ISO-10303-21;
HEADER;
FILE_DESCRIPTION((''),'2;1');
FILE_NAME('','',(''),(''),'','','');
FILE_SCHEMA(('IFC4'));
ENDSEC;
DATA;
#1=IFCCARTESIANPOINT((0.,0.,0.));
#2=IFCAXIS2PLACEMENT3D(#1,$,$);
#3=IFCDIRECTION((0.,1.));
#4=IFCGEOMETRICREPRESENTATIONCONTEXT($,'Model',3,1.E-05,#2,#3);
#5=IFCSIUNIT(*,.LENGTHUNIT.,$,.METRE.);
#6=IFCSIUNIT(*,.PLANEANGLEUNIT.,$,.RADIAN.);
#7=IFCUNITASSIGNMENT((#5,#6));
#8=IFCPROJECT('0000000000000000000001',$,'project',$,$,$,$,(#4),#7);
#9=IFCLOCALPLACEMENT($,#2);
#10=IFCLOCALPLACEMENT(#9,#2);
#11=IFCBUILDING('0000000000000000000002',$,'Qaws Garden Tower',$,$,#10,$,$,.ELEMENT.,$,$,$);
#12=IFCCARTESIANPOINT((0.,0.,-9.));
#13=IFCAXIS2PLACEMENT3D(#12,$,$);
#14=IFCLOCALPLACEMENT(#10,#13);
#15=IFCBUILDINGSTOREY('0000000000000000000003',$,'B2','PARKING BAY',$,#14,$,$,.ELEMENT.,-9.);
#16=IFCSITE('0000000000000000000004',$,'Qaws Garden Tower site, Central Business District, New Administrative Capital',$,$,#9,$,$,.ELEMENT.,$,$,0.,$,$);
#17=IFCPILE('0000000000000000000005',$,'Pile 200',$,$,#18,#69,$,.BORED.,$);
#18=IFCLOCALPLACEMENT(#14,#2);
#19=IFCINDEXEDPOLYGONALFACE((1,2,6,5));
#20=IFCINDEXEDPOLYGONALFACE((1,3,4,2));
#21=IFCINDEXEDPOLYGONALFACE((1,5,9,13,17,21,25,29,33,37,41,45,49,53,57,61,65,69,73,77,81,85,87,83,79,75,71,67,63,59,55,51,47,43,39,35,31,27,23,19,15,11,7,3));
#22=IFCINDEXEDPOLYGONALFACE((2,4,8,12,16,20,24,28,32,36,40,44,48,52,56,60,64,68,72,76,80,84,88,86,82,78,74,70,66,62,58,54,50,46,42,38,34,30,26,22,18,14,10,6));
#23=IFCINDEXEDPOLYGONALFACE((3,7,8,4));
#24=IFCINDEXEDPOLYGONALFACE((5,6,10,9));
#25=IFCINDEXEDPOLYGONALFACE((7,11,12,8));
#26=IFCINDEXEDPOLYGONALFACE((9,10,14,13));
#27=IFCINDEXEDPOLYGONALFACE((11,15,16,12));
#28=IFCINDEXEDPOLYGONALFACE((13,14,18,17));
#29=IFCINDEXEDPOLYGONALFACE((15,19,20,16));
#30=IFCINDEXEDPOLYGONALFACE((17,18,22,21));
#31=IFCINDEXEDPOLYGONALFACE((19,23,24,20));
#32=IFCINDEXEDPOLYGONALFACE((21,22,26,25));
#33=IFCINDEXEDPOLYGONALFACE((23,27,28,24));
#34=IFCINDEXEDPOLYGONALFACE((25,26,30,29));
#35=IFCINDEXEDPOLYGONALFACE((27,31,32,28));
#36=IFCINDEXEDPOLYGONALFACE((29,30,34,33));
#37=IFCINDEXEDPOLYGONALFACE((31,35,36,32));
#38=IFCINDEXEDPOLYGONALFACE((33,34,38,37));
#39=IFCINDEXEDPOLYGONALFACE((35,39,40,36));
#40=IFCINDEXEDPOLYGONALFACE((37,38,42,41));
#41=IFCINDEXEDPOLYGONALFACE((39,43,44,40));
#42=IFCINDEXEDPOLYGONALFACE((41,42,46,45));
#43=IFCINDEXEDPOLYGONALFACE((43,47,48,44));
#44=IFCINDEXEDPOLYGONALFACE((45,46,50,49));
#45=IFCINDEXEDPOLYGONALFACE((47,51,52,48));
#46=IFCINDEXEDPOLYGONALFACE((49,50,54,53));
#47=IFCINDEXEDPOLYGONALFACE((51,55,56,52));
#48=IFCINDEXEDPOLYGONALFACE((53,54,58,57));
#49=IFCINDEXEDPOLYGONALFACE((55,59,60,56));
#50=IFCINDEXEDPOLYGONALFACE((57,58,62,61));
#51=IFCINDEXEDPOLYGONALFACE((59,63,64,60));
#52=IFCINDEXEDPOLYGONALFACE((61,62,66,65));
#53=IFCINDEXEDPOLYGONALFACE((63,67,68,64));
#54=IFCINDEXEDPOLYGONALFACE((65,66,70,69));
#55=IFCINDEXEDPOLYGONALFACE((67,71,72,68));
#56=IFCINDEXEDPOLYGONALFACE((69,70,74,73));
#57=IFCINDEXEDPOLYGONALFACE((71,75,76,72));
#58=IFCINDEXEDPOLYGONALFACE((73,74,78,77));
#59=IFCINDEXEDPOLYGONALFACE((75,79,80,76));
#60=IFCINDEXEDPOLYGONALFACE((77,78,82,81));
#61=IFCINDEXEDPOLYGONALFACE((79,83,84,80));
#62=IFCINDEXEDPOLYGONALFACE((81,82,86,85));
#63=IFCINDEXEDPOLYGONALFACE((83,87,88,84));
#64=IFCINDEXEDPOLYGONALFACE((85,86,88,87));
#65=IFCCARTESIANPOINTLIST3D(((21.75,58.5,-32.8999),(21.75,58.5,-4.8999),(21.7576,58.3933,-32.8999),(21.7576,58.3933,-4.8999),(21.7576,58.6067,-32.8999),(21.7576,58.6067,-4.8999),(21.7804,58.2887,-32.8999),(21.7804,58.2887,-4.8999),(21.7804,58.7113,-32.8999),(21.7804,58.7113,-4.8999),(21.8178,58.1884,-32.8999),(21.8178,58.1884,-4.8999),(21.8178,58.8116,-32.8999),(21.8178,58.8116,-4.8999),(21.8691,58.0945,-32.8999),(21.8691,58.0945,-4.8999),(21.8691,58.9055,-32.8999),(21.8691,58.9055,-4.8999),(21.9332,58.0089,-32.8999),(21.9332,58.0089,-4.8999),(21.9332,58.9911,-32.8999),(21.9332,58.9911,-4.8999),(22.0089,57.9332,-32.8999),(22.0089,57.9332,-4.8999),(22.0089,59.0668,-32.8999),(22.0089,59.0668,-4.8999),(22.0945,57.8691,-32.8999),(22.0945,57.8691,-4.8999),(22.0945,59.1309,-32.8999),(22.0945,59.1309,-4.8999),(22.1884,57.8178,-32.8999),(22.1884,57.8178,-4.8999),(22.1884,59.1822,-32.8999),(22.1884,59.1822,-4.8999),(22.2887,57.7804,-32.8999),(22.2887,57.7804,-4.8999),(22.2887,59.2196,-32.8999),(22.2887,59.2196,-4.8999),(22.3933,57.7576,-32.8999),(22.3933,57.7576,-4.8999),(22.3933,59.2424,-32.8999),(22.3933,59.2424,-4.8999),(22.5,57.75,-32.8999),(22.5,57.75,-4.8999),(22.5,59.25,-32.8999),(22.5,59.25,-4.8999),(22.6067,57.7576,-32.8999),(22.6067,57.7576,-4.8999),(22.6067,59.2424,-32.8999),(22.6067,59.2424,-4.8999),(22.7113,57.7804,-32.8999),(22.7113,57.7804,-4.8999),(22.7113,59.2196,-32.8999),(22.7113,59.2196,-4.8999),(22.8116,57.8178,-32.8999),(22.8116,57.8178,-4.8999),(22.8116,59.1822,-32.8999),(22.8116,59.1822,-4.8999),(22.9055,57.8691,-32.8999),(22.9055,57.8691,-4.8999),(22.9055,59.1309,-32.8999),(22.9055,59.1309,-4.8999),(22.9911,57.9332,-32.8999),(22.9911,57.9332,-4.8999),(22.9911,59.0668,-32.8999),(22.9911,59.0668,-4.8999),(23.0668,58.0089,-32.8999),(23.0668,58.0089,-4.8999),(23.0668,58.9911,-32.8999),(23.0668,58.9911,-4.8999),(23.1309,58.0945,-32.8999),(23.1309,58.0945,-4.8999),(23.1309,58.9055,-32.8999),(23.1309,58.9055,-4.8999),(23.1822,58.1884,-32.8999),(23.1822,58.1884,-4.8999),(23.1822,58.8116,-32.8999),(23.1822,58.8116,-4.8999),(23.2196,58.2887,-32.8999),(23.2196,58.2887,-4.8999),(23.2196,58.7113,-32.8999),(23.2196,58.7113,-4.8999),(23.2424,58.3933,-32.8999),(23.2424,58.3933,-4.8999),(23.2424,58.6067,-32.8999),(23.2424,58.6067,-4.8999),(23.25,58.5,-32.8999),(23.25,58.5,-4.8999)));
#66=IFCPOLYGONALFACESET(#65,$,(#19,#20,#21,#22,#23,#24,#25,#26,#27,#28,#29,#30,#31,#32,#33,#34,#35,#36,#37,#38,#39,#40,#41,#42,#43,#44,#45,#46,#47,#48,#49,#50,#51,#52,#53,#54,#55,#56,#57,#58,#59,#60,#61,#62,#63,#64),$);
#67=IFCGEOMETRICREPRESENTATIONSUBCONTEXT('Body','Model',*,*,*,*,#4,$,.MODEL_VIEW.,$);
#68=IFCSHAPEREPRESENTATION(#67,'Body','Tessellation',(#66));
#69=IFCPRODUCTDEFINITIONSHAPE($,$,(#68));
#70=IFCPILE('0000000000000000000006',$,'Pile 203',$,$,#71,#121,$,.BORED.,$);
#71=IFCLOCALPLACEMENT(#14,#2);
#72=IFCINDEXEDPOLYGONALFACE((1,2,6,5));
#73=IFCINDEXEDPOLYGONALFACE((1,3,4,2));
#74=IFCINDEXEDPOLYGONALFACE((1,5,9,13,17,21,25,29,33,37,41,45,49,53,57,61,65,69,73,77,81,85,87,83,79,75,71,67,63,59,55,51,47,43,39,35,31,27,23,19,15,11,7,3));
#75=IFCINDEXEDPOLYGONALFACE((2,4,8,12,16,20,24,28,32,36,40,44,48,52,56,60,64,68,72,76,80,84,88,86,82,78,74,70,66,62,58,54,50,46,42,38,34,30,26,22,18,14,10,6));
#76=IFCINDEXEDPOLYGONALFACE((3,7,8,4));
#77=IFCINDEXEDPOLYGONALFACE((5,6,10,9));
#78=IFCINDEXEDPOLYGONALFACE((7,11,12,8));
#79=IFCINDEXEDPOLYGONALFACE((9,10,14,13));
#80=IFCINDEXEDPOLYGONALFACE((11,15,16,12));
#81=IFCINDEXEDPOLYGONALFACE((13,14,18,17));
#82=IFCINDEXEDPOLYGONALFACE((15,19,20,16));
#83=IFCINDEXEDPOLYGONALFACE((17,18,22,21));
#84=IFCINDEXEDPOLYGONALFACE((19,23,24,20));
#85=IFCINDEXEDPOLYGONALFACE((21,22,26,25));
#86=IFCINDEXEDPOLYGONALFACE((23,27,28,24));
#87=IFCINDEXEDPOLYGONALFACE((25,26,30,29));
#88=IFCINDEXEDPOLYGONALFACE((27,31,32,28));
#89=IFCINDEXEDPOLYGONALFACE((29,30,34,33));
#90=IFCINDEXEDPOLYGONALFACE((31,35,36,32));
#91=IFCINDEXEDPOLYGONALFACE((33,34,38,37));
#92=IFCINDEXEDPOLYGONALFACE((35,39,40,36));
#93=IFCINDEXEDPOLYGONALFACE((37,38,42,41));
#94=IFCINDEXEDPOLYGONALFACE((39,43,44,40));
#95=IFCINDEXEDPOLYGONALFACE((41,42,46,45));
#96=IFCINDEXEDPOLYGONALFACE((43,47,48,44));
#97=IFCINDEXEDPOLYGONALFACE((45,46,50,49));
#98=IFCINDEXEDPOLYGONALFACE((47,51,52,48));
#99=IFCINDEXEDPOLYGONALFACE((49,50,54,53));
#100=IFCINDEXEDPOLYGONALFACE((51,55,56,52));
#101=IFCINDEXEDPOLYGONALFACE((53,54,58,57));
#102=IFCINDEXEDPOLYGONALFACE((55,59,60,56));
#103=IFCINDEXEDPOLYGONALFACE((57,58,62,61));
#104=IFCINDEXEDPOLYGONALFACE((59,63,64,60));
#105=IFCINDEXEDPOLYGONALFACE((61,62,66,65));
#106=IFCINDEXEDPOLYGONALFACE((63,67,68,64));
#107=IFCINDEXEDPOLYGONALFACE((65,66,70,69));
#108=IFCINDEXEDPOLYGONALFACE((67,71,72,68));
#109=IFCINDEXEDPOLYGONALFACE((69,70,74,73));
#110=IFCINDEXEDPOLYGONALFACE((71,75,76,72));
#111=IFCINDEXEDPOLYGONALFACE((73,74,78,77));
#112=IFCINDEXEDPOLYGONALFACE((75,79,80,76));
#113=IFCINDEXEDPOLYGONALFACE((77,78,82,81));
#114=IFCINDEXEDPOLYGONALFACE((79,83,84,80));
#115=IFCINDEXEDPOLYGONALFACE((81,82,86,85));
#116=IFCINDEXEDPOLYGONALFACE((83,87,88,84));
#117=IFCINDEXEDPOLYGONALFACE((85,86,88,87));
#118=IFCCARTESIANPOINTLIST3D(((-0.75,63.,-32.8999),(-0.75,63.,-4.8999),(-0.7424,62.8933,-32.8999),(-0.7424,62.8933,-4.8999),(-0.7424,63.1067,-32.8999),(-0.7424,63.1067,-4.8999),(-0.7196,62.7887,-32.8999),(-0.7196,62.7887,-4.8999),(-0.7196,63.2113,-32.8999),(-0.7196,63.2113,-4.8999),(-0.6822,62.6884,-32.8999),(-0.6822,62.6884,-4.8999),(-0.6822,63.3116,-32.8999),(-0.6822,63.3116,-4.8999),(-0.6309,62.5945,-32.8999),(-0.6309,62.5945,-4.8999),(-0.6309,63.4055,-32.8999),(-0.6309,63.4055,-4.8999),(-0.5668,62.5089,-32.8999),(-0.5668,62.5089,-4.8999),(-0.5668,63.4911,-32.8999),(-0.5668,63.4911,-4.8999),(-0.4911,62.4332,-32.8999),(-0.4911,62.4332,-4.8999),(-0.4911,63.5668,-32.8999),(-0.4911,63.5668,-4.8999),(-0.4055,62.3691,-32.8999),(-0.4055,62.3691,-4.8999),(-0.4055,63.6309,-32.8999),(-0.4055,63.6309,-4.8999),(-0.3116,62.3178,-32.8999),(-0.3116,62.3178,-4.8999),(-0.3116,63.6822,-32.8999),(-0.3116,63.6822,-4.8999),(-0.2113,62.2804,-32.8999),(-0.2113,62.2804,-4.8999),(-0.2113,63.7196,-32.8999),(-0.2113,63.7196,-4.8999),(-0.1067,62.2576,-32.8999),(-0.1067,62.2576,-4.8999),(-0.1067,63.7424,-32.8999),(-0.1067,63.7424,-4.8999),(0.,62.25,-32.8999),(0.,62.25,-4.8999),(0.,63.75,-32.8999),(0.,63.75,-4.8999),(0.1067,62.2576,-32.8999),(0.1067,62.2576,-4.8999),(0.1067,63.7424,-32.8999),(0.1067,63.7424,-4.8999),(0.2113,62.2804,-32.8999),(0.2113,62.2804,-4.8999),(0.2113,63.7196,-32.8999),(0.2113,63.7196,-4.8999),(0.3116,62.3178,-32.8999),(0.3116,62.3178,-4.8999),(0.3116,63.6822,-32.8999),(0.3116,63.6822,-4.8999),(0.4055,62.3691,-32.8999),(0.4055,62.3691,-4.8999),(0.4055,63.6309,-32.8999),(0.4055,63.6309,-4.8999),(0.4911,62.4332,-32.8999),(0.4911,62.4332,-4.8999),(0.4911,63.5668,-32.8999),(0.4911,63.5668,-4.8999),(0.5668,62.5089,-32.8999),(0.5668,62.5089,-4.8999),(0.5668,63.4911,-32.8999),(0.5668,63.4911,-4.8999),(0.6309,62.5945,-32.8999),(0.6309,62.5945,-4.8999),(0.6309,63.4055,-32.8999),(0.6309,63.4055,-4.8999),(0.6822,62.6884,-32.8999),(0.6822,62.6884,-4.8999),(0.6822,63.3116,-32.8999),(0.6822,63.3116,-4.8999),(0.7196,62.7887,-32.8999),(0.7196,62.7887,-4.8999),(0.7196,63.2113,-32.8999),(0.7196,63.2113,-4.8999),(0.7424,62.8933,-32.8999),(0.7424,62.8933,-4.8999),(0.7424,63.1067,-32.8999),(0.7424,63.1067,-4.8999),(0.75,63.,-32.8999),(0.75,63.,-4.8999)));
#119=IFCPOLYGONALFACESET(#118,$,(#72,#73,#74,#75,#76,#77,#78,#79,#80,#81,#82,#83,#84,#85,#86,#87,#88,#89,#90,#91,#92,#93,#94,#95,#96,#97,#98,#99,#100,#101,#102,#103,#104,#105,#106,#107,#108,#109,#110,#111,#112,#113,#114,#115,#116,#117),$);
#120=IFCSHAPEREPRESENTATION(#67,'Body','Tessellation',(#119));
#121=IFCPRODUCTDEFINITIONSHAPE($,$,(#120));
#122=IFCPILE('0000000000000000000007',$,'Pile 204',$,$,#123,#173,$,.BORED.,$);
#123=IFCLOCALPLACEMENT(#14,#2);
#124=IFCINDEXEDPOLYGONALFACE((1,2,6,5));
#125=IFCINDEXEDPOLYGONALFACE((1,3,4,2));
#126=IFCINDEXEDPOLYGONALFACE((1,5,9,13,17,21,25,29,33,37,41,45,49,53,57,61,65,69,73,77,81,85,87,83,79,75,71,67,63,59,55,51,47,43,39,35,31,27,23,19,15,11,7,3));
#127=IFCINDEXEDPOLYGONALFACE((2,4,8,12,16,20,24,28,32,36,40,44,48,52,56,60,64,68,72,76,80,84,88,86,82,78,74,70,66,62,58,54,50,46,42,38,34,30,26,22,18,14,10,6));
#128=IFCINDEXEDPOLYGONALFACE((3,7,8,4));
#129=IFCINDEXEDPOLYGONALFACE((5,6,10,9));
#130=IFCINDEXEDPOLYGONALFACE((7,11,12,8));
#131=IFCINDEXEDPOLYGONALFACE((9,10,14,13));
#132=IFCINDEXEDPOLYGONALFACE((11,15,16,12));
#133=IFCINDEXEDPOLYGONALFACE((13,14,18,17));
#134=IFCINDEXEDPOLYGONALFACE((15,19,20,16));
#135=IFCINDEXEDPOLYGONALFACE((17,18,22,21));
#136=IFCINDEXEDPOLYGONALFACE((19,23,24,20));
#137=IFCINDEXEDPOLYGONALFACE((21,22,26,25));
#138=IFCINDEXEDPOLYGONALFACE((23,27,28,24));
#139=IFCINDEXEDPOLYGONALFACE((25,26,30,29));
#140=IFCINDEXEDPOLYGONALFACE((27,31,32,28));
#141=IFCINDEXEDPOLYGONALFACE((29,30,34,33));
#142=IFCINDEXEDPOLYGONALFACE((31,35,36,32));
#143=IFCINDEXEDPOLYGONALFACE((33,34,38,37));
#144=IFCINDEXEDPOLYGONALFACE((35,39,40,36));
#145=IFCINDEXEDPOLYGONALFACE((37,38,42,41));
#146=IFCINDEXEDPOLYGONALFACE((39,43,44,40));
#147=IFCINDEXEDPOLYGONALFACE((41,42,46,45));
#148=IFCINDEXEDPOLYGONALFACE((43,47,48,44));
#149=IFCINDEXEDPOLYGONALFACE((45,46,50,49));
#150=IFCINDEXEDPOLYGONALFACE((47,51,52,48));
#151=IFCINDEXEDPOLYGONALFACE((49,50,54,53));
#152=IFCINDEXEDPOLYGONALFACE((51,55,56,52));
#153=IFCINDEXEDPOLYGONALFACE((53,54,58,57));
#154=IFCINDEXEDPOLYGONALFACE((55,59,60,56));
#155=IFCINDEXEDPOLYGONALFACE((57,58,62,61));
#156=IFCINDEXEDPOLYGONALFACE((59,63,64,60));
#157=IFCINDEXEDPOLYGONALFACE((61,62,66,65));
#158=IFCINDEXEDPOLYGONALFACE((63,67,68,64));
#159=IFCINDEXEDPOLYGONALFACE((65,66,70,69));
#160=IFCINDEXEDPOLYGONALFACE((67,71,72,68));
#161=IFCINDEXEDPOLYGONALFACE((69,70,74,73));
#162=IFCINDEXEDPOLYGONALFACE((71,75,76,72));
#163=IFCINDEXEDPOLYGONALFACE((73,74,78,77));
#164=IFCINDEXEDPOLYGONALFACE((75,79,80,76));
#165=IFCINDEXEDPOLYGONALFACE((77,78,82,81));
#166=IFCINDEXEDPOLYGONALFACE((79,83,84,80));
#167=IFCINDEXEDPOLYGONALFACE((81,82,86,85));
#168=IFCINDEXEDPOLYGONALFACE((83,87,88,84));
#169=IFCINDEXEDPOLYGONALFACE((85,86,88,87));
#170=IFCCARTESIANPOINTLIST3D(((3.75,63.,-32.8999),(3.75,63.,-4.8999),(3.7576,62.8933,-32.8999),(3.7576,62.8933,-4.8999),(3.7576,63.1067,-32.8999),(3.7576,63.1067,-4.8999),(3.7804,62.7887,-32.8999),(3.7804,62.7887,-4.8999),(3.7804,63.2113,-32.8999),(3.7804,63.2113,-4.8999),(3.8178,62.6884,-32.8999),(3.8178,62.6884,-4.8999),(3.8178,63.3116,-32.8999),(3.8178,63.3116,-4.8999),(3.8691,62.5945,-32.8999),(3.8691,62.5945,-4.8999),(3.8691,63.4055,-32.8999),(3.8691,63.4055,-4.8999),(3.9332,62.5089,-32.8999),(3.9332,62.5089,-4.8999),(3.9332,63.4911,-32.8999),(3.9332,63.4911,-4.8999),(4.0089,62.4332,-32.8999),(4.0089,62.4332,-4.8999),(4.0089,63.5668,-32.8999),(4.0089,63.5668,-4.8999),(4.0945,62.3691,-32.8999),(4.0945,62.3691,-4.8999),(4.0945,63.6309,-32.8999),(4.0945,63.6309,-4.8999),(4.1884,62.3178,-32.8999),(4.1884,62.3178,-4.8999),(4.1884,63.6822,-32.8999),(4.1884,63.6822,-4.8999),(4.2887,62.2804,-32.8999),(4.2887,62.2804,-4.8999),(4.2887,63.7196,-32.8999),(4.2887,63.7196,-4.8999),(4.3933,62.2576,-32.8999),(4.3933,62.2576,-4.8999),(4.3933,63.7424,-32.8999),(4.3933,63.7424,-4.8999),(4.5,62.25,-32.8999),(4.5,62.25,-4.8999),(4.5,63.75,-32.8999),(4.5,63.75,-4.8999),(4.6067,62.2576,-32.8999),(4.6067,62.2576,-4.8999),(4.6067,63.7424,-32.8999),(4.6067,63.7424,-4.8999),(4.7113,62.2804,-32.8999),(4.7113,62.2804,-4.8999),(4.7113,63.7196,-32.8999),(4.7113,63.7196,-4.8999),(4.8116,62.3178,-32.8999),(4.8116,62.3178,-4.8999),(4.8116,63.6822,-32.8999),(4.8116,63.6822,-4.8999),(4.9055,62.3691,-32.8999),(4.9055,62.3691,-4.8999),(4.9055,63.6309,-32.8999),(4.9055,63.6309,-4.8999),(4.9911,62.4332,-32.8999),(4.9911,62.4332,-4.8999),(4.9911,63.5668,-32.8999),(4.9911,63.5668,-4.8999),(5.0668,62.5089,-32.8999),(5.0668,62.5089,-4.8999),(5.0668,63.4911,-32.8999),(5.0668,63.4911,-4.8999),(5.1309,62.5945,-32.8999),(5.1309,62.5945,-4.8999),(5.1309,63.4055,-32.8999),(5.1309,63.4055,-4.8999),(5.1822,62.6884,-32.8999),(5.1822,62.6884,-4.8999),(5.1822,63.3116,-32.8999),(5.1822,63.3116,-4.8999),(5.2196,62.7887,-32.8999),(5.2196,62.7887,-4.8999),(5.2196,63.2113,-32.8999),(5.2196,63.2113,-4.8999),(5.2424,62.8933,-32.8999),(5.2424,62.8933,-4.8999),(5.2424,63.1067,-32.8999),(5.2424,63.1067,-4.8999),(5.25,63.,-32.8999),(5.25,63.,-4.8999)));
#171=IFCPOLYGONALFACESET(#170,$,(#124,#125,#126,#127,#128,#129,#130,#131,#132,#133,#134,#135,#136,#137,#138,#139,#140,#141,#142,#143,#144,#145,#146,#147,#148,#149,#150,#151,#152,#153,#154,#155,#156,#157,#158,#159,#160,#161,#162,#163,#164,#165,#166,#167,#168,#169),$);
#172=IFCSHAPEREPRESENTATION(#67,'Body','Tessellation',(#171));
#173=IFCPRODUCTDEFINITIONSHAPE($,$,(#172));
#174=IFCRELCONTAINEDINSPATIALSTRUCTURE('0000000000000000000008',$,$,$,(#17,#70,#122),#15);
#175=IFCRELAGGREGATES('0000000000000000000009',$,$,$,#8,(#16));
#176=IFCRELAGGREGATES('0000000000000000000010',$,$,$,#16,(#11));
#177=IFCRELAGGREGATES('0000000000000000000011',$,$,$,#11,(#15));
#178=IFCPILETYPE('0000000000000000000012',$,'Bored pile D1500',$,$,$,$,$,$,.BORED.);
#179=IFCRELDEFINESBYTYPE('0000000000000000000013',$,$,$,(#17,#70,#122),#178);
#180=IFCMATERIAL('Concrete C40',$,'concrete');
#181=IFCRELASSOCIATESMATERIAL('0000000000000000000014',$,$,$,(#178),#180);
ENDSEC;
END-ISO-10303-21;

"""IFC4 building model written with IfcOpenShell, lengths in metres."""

from ifc_helpers import new_model, si_unit, direction, frame, origin, origin_2d, place, context, subcontext, project, spatial, circle, extrude, material, material_profile, profile_set, type_object, element, save


model = new_model("IFC4")

# Units and contexts
model_context = context("Model", 3, precision=1e-05, world=origin(), true_north=direction((0.0, 1.0)))
body_context = subcontext(model_context, "Body", "Model", "MODEL_VIEW")
ifc_project = project(units=[si_unit("LENGTHUNIT", "METRE"), si_unit("PLANEANGLEUNIT", "RADIAN")], contexts=[model_context])

# Site, building, storey
site_placement = place(None, origin())
site = spatial("IfcSite", under=ifc_project, at=site_placement, Name="Qaws Garden Tower site, Central Business District, New Administrative Capital", CompositionType="ELEMENT", RefElevation=0.0)
building_placement = place(site_placement, origin())
building = spatial("IfcBuilding", under=site, at=building_placement, Name="Qaws Garden Tower", CompositionType="ELEMENT")
storey_placement = place(building_placement, frame((0.0, 0.0, -9.0)))
storey = spatial("IfcBuildingStorey", under=building, at=storey_placement, Name="B2", Description="PARKING BAY", CompositionType="ELEMENT", Elevation=-9.0)

# Piles
ifc_material_1 = material(Name="Concrete C40", Category="concrete")
ifc_material_profile_1 = material_profile(ifc_material_1, circle(Radius=0.75, at=origin_2d()), Name="Bored pile D1500")
ifc_profile_set_1 = profile_set([ifc_material_profile_1], Name="Concrete C40")
pile_type = type_object("IfcPileType", Name="Bored pile D1500", PredefinedType="BORED", material=ifc_profile_set_1)
for number, where, z_axis, x_axis, name in (
    (1, (22.5, 58.5, -4.8999), (0.0, 0.0, -1.0), (1.0, 0.0, 0.0), "Pile 200"),
    (2, (0.0, 63.0, -4.8999), (0.0, 0.0, -1.0), (1.0, 0.0, 0.0), "Pile 203"),
    (3, (4.5, 63.0, -4.8999), (0.0, 0.0, -1.0), (1.0, 0.0, 0.0), "Pile 204"),
):
    element("IfcPile", number, at=place(storey_placement, frame(where, z_axis=z_axis, x_axis=x_axis)), inside=storey, type_object=pile_type, Name=name, PredefinedType="BORED", context=body_context, shape_type="SweptSolid", body=[
        extrude(circle(Radius=0.75, at=origin_2d()), origin(), (0.0, 0.0, 1.0), 28.0),
    ])

save(model, "model.ifc")
